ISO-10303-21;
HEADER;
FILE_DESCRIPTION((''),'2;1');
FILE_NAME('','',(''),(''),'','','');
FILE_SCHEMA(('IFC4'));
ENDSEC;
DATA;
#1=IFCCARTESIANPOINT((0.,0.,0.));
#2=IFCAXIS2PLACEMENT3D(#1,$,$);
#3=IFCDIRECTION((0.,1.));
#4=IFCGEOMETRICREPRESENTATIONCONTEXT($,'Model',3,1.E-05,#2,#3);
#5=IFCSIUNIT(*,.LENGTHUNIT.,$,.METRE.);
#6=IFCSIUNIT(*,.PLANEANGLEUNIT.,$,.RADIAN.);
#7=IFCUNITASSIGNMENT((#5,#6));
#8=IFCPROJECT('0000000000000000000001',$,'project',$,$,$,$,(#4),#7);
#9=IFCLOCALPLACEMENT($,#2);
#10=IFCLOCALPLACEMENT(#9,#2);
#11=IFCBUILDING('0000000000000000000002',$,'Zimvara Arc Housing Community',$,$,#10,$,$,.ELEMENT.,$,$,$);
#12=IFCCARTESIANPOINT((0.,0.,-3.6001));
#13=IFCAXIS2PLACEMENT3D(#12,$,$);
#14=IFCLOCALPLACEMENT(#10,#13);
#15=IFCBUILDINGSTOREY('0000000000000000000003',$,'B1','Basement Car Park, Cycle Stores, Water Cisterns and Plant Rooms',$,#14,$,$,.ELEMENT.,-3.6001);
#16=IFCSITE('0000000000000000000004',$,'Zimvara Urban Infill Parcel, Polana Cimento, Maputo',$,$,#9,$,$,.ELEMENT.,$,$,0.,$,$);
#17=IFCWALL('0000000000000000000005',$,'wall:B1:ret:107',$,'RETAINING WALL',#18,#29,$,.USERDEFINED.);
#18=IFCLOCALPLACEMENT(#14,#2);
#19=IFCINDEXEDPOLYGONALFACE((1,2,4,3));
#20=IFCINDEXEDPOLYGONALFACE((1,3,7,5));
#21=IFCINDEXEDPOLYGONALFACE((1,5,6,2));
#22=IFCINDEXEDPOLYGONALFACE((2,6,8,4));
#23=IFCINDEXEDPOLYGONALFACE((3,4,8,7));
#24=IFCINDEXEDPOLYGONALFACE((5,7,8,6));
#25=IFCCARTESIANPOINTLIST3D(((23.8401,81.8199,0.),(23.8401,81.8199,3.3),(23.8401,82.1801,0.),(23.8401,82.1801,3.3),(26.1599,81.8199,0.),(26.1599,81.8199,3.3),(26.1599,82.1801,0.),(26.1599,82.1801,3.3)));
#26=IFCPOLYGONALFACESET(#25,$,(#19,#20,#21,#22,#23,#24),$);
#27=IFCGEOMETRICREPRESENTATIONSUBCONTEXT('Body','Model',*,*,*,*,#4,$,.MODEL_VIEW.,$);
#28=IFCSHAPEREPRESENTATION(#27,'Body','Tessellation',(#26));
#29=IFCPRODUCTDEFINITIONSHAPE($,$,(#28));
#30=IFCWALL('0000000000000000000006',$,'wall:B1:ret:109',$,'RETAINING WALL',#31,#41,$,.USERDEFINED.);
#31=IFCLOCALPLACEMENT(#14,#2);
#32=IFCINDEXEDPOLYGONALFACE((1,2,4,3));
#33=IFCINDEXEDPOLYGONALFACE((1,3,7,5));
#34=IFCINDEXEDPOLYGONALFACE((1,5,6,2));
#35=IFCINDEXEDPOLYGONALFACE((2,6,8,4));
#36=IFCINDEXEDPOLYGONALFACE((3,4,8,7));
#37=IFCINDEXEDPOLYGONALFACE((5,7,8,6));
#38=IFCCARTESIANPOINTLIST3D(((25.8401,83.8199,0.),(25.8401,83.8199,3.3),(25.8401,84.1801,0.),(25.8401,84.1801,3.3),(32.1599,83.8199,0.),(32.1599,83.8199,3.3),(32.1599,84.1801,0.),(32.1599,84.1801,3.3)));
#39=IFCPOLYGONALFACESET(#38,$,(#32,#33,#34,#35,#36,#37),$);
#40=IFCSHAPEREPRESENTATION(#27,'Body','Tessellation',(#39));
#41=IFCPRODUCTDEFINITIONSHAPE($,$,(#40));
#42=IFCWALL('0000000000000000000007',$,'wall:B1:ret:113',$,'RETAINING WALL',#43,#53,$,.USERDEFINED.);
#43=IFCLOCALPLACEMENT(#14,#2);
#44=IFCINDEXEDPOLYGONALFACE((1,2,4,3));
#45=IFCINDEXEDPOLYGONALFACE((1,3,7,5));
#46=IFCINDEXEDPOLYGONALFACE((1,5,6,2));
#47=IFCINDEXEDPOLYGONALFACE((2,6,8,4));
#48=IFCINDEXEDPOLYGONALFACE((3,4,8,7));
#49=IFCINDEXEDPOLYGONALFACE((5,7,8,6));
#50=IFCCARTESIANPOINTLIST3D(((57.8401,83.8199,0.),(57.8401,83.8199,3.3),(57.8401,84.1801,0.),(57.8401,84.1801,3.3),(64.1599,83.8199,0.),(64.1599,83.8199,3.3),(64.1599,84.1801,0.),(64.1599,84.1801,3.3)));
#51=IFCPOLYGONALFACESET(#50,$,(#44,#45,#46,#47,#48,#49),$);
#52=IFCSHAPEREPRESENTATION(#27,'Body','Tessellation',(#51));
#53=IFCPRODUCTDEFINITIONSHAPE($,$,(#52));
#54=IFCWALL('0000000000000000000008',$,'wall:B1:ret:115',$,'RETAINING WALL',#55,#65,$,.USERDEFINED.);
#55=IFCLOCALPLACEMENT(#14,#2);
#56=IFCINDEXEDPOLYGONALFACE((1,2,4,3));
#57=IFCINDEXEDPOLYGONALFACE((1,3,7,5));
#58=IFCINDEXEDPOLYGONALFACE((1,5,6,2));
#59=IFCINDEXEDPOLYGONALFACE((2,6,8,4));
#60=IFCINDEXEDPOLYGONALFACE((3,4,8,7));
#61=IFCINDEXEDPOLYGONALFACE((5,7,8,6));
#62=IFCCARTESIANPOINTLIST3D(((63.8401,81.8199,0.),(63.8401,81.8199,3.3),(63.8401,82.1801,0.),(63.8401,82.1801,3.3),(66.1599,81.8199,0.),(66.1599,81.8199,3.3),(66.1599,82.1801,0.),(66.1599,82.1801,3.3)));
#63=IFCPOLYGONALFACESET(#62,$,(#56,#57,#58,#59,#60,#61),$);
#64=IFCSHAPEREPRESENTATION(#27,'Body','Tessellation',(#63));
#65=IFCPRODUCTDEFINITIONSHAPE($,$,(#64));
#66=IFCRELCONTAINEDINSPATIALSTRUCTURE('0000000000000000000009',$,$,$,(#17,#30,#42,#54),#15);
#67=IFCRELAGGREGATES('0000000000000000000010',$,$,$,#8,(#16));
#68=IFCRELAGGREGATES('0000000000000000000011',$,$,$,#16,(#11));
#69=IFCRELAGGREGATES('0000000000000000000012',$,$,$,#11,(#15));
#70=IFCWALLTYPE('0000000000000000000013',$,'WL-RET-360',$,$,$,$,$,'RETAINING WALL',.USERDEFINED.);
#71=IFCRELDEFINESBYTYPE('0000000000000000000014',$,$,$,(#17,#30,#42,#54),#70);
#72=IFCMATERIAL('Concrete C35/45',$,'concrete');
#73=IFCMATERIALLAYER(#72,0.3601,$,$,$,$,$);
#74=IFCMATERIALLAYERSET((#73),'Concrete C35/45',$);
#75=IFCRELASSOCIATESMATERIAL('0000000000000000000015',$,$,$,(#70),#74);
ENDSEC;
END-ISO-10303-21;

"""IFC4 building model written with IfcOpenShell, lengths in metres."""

from ifc_helpers import new_model, si_unit, direction, frame, frame_2d, origin, place, context, subcontext, project, spatial, rectangle, extrude, material, layer, layer_set, type_object, element, save


model = new_model("IFC4")

# Units and contexts
model_context = context("Model", 3, precision=1e-05, world=origin(), true_north=direction((0.0, 1.0)))
body_context = subcontext(model_context, "Body", "Model", "MODEL_VIEW")
ifc_project = project(units=[si_unit("LENGTHUNIT", "METRE"), si_unit("PLANEANGLEUNIT", "RADIAN")], contexts=[model_context])

# Site, building, storey
site_placement = place(None, origin())
site = spatial("IfcSite", under=ifc_project, at=site_placement, Name="Zimvara Urban Infill Parcel, Polana Cimento, Maputo", CompositionType="ELEMENT", RefElevation=0.0)
building_placement = place(site_placement, origin())
building = spatial("IfcBuilding", under=site, at=building_placement, Name="Zimvara Arc Housing Community", CompositionType="ELEMENT")
storey_placement = place(building_placement, frame((0.0, 0.0, -3.6001)))
storey = spatial("IfcBuildingStorey", under=building, at=storey_placement, Name="B1", Description="Basement Car Park, Cycle Stores, Water Cisterns and Plant Rooms", CompositionType="ELEMENT", Elevation=-3.6001)

# Walls
ifc_material_1 = material(Name="Concrete C35/45", Category="concrete")
ifc_layer_1 = layer(ifc_material_1, 0.3601)
ifc_layer_set_1 = layer_set([ifc_layer_1], Name="Concrete C35/45")
wall_type_1 = type_object("IfcWallType", Name="WL-RET-360", ElementType="RETAINING WALL", PredefinedType="USERDEFINED", material=ifc_layer_set_1)
wall_1_placement = place(storey_placement, frame((23.8401, 82.0, 0.0), z_axis=(0.0, 0.0, 1.0), x_axis=(1.0, 0.0, 0.0)))
element("IfcWall", 1, at=wall_1_placement, inside=storey, type_object=wall_type_1, Name="wall:B1:ret:107", ObjectType="RETAINING WALL", PredefinedType="USERDEFINED", context=body_context, shape_type="SweptSolid", body=[
    extrude(rectangle(XDim=2.3198, YDim=0.3601, at=frame_2d((1.1599, 0.0))), origin(), (0.0, 0.0, 1.0), 3.3),
])
for number, where, z_axis, x_axis, name in (
    (2, (25.8401, 84.0, 0.0), (0.0, 0.0, 1.0), (1.0, 0.0, 0.0), "wall:B1:ret:109"),
    (3, (57.8401, 84.0, 0.0), (0.0, 0.0, 1.0), (1.0, 0.0, 0.0), "wall:B1:ret:113"),
):
    element("IfcWall", number, at=place(storey_placement, frame(where, z_axis=z_axis, x_axis=x_axis)), inside=storey, type_object=wall_type_1, Name=name, ObjectType="RETAINING WALL", PredefinedType="USERDEFINED", context=body_context, shape_type="SweptSolid", body=[
        extrude(rectangle(XDim=6.3198, YDim=0.3601, at=frame_2d((3.1599, 0.0))), origin(), (0.0, 0.0, 1.0), 3.3),
    ])
wall_2_placement = place(storey_placement, frame((63.8401, 82.0, 0.0), z_axis=(0.0, 0.0, 1.0), x_axis=(1.0, 0.0, 0.0)))
element("IfcWall", 4, at=wall_2_placement, inside=storey, type_object=wall_type_1, Name="wall:B1:ret:115", ObjectType="RETAINING WALL", PredefinedType="USERDEFINED", context=body_context, shape_type="SweptSolid", body=[
    extrude(rectangle(XDim=2.3198, YDim=0.3601, at=frame_2d((1.1599, 0.0))), origin(), (0.0, 0.0, 1.0), 3.3),
])

save(model, "model.ifc")
